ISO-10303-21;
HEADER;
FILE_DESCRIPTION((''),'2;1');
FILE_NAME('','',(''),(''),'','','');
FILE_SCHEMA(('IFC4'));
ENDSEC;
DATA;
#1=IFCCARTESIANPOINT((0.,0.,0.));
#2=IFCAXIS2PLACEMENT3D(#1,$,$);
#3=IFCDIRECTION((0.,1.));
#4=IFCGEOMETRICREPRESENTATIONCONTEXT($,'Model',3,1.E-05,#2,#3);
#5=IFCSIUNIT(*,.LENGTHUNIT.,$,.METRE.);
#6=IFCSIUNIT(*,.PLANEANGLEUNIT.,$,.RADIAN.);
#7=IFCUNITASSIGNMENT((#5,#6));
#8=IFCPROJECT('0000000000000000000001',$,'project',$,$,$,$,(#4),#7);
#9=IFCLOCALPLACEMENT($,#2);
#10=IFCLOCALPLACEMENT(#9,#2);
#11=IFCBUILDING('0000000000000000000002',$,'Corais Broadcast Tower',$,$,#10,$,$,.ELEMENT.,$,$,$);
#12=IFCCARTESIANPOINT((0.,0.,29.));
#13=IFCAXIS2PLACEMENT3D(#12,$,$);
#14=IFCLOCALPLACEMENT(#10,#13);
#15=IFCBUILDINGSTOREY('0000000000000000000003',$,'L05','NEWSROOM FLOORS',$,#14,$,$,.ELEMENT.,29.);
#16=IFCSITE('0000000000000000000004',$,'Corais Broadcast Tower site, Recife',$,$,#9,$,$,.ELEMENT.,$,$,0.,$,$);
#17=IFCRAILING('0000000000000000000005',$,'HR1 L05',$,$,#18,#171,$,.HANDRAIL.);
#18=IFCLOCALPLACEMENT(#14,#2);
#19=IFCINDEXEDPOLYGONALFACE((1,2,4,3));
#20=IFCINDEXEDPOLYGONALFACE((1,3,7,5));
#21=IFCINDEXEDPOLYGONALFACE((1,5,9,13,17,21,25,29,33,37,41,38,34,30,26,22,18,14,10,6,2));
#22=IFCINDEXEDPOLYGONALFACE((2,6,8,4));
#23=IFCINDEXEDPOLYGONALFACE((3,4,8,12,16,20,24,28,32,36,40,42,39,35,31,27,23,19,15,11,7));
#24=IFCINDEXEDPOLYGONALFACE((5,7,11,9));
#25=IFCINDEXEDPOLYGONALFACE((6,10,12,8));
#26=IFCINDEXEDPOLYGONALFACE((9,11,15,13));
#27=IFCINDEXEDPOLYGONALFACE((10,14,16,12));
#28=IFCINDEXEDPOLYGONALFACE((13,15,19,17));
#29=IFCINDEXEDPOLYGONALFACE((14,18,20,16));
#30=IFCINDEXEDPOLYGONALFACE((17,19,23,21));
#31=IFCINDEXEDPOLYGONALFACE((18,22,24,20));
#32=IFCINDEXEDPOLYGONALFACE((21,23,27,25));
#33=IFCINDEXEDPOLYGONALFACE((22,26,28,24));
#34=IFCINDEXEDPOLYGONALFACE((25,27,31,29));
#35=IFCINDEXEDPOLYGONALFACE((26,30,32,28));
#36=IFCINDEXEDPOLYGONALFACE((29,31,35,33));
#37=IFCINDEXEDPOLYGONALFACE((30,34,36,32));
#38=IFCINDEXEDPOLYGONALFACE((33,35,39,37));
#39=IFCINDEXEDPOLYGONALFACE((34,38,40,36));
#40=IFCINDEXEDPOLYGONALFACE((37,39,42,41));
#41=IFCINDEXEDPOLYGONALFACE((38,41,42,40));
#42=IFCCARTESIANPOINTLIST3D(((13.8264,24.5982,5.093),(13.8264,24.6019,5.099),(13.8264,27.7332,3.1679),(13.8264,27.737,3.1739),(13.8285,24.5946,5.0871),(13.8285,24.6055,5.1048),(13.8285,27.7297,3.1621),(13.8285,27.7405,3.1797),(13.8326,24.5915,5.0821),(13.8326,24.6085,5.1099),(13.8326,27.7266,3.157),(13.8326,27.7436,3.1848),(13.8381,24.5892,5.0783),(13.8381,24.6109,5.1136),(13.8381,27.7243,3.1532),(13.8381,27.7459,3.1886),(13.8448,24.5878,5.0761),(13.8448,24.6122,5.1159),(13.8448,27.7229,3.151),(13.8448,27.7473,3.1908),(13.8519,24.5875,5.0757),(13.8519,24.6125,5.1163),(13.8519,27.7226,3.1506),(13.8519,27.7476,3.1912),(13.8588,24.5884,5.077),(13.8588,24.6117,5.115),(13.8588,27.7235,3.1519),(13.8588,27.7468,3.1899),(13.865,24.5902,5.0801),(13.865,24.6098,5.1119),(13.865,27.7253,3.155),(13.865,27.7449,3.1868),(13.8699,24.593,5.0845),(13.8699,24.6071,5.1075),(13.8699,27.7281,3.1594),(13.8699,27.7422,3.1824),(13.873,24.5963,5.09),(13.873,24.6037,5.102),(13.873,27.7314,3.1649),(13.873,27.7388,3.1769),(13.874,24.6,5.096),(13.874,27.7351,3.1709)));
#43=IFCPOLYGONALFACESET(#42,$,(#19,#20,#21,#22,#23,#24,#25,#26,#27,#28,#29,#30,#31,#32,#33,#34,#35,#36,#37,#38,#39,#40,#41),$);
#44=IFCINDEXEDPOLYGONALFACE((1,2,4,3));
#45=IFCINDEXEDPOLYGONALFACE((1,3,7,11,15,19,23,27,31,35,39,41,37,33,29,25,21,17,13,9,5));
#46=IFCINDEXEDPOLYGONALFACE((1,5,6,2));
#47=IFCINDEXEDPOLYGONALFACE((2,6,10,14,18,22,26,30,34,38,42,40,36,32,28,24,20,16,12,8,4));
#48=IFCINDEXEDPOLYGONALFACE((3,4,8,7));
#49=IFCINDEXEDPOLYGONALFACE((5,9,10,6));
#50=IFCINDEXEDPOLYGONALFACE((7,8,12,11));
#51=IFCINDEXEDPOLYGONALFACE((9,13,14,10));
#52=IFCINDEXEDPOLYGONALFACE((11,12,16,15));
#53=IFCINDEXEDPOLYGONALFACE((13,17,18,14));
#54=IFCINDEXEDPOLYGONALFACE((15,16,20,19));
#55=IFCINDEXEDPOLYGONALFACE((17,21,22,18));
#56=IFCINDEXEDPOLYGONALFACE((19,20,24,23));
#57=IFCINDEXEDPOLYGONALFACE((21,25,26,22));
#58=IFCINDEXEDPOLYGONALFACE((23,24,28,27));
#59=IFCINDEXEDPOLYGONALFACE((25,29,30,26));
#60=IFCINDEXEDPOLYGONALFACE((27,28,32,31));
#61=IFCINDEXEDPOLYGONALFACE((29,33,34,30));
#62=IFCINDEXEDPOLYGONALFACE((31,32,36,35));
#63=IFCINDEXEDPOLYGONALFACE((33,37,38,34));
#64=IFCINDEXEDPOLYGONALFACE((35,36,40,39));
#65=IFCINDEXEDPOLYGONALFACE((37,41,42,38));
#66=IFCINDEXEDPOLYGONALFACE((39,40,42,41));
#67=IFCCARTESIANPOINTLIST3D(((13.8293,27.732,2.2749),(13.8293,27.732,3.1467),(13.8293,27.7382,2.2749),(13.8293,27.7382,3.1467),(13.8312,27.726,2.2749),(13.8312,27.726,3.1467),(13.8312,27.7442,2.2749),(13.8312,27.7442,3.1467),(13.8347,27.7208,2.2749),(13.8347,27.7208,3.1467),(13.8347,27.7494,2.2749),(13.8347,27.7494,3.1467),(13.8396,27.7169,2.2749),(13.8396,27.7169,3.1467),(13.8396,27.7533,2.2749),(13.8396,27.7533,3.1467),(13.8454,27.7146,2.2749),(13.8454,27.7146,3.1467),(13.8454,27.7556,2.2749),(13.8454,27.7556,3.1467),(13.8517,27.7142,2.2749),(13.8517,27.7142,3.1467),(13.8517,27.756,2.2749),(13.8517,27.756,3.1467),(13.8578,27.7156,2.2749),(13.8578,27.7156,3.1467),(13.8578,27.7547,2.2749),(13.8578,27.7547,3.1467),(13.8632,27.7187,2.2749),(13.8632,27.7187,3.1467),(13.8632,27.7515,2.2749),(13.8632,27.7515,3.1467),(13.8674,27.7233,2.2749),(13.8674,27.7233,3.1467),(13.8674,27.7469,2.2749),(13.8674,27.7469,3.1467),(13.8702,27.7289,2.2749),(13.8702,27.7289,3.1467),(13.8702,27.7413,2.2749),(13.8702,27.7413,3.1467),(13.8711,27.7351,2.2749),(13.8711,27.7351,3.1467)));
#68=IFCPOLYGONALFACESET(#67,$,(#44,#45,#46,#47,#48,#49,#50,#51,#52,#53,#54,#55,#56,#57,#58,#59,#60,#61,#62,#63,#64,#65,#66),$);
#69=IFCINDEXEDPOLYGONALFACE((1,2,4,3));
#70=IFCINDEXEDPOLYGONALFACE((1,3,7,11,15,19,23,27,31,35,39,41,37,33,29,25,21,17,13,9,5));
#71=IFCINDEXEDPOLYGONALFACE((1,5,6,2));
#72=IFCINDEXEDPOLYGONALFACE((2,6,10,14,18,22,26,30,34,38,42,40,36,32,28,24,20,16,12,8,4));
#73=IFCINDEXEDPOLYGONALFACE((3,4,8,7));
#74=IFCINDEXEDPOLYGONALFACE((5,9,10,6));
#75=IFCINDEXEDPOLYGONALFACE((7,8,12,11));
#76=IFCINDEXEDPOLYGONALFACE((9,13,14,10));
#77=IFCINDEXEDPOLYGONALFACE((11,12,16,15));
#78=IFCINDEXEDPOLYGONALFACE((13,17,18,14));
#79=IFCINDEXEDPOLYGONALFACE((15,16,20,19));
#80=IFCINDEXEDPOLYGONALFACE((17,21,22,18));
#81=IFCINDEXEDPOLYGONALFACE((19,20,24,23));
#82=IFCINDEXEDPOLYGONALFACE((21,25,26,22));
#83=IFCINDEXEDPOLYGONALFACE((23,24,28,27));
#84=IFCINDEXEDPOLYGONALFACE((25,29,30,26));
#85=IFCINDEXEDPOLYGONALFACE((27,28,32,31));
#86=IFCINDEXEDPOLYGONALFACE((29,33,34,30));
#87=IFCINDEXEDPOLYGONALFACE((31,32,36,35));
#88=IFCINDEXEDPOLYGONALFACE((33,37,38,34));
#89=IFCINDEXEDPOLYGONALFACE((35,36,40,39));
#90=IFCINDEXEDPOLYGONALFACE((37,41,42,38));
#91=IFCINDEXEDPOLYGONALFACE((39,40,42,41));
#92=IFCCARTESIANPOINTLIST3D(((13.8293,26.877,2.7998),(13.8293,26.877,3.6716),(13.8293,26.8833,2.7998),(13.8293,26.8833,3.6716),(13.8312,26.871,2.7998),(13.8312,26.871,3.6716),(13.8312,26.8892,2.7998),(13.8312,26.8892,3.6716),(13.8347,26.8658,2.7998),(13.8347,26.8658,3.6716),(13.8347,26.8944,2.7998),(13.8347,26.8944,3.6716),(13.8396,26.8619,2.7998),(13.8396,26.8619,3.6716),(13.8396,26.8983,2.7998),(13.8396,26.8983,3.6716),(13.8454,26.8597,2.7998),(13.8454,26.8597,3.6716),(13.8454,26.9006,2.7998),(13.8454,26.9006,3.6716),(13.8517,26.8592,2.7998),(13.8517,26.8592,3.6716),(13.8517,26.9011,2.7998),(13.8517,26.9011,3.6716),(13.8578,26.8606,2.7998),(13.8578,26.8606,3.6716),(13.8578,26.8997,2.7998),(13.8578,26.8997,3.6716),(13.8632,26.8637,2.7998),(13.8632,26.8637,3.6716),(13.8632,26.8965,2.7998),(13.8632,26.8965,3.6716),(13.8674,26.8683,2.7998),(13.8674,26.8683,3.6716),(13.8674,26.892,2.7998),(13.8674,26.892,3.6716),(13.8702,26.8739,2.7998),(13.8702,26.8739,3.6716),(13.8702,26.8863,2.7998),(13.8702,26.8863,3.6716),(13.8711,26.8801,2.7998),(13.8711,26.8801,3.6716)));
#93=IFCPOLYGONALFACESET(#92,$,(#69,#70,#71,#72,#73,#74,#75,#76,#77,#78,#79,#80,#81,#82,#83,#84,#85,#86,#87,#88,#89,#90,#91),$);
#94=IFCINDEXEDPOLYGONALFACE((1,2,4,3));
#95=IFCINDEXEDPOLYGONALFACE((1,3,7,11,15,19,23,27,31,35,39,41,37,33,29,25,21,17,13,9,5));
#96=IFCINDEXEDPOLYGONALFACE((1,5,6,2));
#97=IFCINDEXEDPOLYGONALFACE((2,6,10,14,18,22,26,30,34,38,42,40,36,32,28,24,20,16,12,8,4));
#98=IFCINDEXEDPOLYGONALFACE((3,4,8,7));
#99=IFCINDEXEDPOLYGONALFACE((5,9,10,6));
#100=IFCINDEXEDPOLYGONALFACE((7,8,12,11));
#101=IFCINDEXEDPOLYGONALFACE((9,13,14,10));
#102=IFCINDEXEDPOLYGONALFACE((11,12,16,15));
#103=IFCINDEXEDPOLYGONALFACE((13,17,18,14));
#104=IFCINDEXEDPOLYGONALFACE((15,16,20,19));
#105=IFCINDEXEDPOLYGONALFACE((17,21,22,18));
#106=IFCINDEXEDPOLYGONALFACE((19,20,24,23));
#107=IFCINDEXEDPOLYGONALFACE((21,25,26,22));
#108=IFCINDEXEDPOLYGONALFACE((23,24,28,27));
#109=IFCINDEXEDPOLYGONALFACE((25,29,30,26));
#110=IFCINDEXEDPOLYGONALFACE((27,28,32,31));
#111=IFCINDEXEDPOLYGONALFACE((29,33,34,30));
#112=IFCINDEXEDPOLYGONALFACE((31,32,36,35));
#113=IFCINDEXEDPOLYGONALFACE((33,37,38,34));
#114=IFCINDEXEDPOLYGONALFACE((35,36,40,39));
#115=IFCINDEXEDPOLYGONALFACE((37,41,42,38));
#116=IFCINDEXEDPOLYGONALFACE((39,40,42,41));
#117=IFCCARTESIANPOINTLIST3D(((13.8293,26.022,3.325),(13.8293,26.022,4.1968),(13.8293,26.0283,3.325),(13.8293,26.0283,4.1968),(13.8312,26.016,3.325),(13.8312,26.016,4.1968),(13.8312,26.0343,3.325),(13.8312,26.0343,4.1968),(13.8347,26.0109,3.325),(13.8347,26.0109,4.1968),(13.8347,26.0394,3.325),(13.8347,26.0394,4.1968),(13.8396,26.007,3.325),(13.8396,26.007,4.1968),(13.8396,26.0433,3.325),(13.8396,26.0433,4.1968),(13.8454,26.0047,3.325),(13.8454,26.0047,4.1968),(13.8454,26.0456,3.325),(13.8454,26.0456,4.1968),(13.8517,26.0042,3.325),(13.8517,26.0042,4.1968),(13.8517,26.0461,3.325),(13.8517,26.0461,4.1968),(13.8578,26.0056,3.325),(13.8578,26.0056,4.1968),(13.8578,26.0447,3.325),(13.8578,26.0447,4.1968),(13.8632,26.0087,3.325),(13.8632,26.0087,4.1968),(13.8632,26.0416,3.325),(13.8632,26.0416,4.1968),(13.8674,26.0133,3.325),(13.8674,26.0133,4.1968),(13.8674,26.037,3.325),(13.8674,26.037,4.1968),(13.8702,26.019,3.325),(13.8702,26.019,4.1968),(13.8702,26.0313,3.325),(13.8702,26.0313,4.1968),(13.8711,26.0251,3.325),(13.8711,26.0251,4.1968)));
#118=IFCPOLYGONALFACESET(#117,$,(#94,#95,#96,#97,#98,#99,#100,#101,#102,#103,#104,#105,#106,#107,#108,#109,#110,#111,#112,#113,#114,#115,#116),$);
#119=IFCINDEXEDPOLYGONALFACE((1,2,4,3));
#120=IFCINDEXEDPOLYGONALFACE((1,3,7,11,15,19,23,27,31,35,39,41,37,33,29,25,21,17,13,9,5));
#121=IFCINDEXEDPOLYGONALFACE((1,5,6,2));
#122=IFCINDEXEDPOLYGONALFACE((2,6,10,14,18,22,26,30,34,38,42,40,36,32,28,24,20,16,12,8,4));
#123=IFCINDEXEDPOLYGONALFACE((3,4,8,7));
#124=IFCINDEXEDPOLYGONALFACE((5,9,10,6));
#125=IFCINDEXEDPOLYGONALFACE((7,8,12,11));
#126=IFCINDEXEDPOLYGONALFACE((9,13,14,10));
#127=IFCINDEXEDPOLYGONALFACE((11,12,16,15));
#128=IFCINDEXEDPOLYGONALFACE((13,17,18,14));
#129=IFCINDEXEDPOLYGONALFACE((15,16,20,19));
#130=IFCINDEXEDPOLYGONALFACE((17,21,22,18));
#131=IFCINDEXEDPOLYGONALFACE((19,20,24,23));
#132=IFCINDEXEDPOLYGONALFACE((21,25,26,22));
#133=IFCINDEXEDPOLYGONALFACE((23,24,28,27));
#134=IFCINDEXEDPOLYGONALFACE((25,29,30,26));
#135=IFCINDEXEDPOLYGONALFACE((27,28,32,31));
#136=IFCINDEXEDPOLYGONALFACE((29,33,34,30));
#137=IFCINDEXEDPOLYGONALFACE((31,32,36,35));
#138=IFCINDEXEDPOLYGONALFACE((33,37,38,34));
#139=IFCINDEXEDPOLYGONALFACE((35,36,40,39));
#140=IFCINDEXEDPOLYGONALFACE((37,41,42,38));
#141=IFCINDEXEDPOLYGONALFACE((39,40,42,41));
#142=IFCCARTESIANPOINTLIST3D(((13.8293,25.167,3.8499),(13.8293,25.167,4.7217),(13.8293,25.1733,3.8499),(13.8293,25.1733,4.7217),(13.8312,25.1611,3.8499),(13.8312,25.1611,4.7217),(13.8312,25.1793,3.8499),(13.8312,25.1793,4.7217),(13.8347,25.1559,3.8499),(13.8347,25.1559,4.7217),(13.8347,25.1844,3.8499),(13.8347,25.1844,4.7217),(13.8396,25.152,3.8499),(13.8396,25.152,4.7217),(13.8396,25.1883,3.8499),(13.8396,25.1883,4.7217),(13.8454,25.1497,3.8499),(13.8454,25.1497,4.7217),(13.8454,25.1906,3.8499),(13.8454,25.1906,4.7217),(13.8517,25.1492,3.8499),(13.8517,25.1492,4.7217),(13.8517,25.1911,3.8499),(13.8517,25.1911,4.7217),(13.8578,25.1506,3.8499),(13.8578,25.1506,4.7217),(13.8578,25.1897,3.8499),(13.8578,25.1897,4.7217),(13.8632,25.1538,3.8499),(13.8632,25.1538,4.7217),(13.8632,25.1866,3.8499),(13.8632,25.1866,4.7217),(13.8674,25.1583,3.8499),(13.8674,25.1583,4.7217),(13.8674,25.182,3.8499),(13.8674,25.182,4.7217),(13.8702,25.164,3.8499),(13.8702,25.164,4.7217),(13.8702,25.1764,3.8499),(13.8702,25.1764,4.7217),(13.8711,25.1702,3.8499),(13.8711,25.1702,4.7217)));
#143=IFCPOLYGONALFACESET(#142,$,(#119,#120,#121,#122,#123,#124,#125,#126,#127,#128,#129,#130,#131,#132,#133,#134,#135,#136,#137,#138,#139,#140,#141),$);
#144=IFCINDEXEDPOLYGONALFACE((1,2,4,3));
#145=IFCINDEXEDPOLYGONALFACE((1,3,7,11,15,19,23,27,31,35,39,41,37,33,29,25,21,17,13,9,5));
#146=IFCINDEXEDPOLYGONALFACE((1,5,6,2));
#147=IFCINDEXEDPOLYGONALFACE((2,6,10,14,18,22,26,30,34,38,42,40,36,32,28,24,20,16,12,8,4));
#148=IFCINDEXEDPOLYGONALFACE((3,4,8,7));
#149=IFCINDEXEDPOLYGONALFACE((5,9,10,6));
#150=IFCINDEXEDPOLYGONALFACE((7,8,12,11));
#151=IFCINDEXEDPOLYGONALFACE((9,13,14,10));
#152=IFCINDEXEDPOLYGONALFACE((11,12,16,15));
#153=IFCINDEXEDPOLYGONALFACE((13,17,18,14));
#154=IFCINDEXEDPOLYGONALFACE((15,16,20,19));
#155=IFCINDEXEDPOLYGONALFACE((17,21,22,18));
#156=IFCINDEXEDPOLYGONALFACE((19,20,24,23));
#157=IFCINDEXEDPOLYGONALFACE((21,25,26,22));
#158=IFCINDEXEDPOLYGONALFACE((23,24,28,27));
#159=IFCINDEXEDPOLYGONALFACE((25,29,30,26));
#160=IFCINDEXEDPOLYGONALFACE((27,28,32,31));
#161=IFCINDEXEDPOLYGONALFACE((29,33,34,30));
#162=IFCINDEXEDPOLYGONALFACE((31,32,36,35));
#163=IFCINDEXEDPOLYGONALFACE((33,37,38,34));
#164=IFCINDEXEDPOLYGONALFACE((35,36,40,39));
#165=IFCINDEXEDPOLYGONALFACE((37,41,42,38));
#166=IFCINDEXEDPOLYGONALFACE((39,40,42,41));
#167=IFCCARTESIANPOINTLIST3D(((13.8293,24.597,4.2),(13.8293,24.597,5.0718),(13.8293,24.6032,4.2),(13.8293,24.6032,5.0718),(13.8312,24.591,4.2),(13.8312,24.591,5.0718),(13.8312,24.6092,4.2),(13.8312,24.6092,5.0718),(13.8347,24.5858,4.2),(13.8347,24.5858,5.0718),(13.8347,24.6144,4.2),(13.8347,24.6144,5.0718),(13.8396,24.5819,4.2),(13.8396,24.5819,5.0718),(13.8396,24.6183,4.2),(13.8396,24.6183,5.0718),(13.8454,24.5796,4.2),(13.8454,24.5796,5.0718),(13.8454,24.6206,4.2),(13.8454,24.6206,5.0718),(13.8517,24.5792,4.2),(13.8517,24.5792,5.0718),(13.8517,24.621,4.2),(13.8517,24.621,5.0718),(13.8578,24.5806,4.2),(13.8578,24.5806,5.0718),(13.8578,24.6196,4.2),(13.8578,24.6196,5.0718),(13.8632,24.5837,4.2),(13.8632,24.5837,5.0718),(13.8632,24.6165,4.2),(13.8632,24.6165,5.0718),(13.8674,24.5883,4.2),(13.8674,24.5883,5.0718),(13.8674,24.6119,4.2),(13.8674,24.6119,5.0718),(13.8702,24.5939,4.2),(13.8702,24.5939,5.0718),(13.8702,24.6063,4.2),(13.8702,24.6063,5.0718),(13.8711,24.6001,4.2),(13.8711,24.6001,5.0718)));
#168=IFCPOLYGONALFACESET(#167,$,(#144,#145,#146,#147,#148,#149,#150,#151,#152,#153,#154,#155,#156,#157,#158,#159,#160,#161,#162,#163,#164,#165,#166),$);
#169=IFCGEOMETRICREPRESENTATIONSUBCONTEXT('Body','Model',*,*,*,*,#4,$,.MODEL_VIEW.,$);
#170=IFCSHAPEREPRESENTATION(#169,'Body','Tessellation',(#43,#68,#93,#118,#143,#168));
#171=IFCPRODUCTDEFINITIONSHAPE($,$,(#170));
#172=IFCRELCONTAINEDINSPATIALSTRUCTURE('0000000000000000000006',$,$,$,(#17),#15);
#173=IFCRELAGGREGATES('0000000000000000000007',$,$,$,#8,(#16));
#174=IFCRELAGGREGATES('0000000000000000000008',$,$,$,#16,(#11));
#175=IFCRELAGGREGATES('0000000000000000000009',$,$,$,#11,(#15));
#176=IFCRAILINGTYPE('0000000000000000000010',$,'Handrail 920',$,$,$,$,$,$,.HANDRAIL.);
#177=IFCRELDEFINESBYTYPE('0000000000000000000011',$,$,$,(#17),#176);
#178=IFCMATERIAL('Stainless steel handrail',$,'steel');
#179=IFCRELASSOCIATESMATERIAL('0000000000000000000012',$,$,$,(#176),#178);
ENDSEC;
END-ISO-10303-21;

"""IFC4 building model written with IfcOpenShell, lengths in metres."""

from ifc_helpers import new_model, si_unit, direction, frame, origin, origin_2d, place, context, subcontext, project, spatial, circle, extrude, material, type_object, element, save


model = new_model("IFC4")

# Units and contexts
model_context = context("Model", 3, precision=1e-05, world=origin(), true_north=direction((0.0, 1.0)))
body_context = subcontext(model_context, "Body", "Model", "MODEL_VIEW")
ifc_project = project(units=[si_unit("LENGTHUNIT", "METRE"), si_unit("PLANEANGLEUNIT", "RADIAN")], contexts=[model_context])

# Site, building, storey
site_placement = place(None, origin())
site = spatial("IfcSite", under=ifc_project, at=site_placement, Name="Corais Broadcast Tower site, Recife", CompositionType="ELEMENT", RefElevation=0.0)
building_placement = place(site_placement, origin())
building = spatial("IfcBuilding", under=site, at=building_placement, Name="Corais Broadcast Tower", CompositionType="ELEMENT")
storey_placement = place(building_placement, frame((0.0, 0.0, 29.0)))
storey = spatial("IfcBuildingStorey", under=building, at=storey_placement, Name="L05", Description="NEWSROOM FLOORS", CompositionType="ELEMENT", Elevation=29.0)

# Railing
ifc_material_1 = material(Name="Stainless steel handrail", Category="steel")
railing_type = type_object("IfcRailingType", Name="Handrail 920", PredefinedType="HANDRAIL", material=ifc_material_1)
for number, where, name in (
    (1, (13.8501, 27.7351, 2.2749), "HR1 L05"),
):
    element("IfcRailing", number, at=place(storey_placement, frame(where)), inside=storey, type_object=railing_type, Name=name, PredefinedType="HANDRAIL", context=body_context, shape_type="SweptSolid", body=[
        extrude(circle(Radius=0.0239, at=origin_2d()), frame((0.0, 0.0, 0.896), z_axis=(0.0, -0.852166, 0.523271), x_axis=(1.0, 0.0, 0.0)), (0.0, 0.0, 1.0), 3.679),
        extrude(circle(Radius=0.021, at=origin_2d()), origin(), (0.0, 0.0, 1.0), 0.8718),
        extrude(circle(Radius=0.021, at=origin_2d()), frame((0.0, -0.855, 0.5249)), (0.0, 0.0, 1.0), 0.8718),
        extrude(circle(Radius=0.021, at=origin_2d()), frame((0.0, -1.71, 1.05)), (0.0, 0.0, 1.0), 0.8718),
        extrude(circle(Radius=0.021, at=origin_2d()), frame((0.0, -2.5649, 1.575)), (0.0, 0.0, 1.0), 0.8718),
        extrude(circle(Radius=0.021, at=origin_2d()), frame((0.0, -3.135, 1.925)), (0.0, 0.0, 1.0), 0.8718),
    ])

save(model, "model.ifc")
